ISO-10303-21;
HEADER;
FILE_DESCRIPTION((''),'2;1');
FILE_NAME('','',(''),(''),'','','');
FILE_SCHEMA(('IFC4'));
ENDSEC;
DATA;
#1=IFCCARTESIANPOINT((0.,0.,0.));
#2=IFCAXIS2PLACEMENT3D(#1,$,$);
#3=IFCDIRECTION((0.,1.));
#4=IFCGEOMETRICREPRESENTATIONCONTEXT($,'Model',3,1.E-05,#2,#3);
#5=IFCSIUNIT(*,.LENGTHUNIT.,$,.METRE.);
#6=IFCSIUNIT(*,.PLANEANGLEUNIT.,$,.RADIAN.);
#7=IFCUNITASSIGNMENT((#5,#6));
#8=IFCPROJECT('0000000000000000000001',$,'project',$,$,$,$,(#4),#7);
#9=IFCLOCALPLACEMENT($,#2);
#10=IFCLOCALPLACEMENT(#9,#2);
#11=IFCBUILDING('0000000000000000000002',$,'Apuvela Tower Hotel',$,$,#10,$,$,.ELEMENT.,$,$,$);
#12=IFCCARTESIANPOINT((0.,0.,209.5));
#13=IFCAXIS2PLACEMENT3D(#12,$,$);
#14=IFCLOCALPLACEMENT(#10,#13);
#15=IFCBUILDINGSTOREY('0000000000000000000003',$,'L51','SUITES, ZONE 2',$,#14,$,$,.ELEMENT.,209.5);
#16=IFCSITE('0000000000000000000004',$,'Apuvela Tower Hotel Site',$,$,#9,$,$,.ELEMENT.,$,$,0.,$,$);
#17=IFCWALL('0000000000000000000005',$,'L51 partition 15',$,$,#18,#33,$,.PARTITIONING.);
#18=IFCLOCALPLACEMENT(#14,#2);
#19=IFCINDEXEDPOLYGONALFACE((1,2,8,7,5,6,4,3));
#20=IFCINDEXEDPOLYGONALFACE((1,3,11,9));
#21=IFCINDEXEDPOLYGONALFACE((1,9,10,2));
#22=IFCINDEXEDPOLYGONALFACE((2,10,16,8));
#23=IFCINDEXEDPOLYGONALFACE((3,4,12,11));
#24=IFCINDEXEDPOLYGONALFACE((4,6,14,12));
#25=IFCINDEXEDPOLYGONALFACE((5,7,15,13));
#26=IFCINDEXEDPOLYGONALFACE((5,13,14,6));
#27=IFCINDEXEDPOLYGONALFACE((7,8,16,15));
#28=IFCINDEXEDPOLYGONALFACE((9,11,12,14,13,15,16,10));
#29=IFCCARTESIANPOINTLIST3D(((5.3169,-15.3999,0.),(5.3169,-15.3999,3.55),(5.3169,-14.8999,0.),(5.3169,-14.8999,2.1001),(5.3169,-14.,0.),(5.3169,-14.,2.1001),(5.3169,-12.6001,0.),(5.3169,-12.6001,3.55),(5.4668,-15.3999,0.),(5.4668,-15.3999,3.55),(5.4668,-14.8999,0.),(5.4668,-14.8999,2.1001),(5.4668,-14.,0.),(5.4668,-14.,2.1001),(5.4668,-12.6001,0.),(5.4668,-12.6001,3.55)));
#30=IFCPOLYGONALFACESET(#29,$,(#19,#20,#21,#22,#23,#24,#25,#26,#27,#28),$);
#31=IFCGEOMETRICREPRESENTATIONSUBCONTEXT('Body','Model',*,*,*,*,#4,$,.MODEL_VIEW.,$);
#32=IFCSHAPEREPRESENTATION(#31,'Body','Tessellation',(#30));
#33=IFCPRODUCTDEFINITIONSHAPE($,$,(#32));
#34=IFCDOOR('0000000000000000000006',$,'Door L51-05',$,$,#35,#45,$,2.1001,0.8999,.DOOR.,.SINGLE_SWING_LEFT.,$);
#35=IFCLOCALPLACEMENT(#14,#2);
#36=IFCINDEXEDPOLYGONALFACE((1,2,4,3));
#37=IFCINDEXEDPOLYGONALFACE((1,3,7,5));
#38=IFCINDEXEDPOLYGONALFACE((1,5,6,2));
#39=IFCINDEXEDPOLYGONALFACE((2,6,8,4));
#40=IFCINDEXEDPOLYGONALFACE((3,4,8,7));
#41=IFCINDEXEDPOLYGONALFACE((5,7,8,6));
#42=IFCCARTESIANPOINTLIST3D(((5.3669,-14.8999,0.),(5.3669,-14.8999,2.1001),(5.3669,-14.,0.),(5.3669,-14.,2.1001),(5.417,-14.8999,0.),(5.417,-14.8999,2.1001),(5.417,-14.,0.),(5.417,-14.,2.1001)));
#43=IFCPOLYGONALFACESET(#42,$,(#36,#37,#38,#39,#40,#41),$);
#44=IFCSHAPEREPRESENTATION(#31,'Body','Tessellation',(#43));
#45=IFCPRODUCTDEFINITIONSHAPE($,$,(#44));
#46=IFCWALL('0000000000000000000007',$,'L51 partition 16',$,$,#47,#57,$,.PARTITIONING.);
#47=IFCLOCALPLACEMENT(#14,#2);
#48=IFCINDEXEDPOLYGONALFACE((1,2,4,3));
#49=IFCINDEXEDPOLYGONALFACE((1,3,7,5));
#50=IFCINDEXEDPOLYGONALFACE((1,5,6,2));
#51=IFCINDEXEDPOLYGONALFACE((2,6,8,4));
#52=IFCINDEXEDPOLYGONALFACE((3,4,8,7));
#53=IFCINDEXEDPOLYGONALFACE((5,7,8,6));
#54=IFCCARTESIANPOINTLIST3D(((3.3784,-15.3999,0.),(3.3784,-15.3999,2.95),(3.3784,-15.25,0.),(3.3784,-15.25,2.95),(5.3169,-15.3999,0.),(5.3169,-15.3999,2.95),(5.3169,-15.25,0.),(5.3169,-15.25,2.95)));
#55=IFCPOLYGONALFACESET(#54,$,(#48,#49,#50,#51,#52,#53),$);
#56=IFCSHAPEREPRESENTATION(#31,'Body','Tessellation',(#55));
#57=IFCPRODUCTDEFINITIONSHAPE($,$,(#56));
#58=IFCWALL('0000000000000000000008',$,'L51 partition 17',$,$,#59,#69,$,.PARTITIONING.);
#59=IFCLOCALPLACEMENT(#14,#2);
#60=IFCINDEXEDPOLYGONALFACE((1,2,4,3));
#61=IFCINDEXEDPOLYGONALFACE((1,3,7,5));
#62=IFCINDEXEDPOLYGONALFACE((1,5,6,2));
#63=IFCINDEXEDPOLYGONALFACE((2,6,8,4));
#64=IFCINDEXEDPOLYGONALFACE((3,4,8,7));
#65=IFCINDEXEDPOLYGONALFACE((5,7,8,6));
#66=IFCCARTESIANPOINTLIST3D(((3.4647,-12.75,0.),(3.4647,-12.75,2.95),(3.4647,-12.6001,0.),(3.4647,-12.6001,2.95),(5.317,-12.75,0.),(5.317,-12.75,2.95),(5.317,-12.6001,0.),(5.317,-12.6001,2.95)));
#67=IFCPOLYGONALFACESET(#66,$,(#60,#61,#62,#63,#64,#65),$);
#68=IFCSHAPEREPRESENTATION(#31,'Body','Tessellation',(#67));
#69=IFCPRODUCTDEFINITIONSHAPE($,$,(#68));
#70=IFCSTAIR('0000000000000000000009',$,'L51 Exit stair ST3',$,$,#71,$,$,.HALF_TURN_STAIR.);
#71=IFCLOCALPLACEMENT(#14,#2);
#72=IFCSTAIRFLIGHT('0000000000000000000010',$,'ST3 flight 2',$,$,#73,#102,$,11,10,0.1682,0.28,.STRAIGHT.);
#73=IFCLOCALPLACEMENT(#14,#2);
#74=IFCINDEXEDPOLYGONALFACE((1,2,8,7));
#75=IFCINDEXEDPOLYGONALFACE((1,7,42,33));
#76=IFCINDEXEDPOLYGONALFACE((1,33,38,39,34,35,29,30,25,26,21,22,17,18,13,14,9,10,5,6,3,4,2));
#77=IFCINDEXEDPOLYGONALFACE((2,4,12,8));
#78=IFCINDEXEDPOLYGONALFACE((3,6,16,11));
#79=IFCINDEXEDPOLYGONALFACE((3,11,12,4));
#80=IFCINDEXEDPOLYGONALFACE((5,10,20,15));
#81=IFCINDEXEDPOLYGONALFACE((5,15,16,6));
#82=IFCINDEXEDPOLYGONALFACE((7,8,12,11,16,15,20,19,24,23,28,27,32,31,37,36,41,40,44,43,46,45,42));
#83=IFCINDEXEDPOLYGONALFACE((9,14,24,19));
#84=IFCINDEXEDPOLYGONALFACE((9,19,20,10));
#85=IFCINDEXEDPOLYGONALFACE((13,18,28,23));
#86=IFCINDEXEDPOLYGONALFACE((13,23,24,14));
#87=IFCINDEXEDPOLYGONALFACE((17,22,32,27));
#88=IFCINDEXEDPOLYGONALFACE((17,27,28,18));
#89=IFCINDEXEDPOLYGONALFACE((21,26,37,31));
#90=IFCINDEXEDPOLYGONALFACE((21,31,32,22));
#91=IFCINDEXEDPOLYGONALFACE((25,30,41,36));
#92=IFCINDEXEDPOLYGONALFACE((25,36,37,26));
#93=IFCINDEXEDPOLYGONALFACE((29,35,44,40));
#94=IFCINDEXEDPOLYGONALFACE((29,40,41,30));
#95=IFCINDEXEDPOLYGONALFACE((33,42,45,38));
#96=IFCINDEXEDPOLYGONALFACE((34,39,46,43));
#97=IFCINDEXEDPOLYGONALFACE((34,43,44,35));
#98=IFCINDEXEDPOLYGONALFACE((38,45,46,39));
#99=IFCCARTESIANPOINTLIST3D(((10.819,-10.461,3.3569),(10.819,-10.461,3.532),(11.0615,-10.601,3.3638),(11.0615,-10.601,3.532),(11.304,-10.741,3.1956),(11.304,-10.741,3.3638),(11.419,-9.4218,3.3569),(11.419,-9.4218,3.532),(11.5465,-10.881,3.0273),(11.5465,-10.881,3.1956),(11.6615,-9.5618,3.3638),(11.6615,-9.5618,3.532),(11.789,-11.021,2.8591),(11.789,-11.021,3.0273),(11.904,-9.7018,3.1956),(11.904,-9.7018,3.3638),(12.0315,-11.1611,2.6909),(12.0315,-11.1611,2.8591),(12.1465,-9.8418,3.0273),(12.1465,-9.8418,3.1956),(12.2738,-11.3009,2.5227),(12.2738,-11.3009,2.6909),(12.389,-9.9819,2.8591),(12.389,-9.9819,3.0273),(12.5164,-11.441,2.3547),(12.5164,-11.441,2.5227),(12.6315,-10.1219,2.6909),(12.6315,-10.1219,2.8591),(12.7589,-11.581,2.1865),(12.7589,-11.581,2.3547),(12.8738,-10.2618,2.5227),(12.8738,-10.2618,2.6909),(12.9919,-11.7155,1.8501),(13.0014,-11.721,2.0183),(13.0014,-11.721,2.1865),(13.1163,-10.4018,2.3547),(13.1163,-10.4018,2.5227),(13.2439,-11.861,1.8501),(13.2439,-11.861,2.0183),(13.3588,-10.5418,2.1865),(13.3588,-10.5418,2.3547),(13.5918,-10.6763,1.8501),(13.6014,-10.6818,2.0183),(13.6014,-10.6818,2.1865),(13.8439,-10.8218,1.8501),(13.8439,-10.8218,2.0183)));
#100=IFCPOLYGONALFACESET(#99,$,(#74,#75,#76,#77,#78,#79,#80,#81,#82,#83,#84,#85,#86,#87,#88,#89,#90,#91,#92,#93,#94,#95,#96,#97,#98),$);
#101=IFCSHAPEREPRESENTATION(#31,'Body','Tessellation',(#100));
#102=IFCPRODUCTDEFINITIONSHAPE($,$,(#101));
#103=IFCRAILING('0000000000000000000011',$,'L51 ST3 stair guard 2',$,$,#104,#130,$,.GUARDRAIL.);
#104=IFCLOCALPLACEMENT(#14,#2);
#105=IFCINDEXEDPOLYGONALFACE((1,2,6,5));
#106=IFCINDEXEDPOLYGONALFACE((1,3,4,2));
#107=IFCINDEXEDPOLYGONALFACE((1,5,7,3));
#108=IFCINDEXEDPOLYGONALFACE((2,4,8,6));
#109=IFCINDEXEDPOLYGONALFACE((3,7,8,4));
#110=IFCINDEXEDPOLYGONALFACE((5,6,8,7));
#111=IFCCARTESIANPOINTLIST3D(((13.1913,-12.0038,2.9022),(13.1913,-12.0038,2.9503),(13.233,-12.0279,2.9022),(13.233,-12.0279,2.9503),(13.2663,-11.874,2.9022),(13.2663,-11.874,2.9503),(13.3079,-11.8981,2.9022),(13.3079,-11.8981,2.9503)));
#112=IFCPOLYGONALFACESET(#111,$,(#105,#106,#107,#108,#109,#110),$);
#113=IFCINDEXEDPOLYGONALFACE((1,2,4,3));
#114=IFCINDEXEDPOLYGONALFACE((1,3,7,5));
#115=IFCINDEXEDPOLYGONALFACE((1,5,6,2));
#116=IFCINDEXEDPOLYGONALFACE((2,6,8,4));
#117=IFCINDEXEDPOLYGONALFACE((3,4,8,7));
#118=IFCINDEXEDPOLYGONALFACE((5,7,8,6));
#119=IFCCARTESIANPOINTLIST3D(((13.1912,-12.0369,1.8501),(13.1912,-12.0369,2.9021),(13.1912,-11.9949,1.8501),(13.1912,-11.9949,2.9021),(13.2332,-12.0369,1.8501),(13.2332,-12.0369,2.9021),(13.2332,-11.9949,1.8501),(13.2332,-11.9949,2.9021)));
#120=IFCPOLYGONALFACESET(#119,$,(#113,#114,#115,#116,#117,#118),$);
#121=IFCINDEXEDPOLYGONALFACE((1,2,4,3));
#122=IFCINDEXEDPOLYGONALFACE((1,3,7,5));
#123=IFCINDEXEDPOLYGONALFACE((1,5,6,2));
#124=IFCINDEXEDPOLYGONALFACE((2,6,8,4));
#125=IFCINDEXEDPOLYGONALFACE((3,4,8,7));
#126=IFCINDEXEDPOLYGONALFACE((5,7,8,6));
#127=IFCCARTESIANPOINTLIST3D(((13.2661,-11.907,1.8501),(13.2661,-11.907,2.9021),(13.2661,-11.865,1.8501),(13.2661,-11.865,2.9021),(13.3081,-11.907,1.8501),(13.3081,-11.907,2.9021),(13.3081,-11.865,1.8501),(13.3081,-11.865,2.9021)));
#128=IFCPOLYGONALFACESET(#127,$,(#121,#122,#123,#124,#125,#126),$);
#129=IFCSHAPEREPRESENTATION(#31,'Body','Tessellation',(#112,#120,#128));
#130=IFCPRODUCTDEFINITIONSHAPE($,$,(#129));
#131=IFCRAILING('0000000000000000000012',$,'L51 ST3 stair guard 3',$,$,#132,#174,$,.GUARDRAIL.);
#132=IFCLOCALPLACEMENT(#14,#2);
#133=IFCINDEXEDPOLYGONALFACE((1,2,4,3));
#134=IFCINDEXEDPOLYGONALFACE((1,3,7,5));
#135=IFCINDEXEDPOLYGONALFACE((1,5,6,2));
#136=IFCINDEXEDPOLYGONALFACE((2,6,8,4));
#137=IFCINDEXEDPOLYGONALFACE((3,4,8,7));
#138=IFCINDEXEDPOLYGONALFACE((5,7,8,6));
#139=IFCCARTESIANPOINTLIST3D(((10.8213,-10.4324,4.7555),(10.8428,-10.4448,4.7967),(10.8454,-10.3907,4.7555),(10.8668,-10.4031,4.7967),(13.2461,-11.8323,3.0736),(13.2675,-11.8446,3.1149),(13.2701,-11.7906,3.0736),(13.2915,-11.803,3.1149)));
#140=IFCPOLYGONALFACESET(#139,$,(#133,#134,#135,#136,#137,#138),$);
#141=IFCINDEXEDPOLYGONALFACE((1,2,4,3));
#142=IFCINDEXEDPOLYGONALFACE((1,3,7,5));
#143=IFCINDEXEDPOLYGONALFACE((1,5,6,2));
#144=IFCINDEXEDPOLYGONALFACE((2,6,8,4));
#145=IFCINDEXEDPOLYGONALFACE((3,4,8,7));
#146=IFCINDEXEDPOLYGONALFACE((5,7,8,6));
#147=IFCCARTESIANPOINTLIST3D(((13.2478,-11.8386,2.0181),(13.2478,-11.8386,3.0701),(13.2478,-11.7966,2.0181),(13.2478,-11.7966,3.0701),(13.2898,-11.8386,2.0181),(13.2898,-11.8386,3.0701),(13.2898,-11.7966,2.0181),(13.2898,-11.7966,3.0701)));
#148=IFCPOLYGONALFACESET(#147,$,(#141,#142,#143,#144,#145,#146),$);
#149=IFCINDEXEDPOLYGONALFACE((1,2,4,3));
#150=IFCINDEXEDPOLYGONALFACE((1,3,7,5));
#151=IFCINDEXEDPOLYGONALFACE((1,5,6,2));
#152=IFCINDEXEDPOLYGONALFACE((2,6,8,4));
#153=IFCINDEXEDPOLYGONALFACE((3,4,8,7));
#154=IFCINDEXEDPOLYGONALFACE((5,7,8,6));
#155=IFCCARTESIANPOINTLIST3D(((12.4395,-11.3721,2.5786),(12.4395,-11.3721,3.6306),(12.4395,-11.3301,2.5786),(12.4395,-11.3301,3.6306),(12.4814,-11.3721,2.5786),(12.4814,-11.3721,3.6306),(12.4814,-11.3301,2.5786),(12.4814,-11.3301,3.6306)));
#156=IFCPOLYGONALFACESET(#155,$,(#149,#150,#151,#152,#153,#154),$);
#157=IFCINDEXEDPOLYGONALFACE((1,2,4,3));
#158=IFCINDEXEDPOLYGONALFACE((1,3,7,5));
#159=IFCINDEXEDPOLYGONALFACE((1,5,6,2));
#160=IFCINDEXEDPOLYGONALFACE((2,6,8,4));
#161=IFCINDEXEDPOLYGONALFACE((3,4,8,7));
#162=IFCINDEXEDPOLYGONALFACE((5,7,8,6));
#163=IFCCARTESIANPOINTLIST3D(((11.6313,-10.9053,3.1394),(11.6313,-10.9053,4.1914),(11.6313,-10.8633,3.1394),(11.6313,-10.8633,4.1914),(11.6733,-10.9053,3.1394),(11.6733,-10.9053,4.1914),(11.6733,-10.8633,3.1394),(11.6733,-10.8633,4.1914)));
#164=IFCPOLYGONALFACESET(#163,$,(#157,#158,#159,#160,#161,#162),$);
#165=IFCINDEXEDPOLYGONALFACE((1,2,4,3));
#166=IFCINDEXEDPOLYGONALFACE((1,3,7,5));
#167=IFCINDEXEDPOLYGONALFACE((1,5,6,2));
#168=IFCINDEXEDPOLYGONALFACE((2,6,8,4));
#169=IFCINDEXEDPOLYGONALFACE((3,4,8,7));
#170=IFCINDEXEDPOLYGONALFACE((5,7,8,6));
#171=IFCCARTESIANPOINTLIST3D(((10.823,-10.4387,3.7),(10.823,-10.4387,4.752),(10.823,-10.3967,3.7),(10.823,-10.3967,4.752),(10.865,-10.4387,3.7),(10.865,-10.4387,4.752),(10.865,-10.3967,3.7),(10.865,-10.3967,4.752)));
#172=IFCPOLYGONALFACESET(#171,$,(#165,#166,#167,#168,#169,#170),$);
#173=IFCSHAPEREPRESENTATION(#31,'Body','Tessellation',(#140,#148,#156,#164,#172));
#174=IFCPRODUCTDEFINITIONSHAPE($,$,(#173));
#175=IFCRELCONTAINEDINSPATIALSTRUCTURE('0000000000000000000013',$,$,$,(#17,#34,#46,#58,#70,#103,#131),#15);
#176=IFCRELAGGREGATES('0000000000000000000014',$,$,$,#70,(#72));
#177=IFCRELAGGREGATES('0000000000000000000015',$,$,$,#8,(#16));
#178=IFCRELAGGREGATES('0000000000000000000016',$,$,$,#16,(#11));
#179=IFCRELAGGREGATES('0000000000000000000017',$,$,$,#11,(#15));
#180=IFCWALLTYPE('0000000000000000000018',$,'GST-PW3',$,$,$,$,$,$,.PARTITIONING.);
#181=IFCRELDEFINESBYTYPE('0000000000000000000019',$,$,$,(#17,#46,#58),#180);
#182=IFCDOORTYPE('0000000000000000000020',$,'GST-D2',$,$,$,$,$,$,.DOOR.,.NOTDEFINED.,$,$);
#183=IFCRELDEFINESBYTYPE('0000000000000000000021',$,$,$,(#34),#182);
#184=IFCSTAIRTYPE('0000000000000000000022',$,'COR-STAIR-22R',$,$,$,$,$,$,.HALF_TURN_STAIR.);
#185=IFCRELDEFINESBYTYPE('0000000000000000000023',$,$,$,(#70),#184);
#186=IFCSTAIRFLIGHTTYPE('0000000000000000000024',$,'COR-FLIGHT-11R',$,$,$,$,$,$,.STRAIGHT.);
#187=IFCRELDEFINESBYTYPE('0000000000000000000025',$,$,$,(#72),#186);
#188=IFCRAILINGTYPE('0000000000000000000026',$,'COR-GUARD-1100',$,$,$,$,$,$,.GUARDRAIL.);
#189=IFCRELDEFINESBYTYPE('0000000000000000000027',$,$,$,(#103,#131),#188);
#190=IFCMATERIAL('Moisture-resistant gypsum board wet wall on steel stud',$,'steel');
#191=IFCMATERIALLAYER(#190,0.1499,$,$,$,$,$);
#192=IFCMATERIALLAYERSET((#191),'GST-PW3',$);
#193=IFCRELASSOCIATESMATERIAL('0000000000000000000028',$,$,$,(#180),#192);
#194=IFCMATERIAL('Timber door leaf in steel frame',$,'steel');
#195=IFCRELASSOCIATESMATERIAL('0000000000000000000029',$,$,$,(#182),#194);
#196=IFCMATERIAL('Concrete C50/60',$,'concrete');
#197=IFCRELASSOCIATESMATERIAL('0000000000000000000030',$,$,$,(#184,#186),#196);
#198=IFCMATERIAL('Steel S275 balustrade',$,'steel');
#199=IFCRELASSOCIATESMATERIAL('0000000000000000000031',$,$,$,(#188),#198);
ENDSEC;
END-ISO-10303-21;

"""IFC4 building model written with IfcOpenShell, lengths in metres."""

from ifc_helpers import new_model, si_unit, direction, frame, frame_2d, origin, origin_2d, place, context, subcontext, project, spatial, polyline, rectangle, outline, extrude, material, layer, layer_set, type_object, element, fill, aggregate, save


model = new_model("IFC4")

# Units and contexts
model_context = context("Model", 3, precision=1e-05, world=origin(), true_north=direction((0.0, 1.0)))
body_context = subcontext(model_context, "Body", "Model", "MODEL_VIEW")
ifc_project = project(units=[si_unit("LENGTHUNIT", "METRE"), si_unit("PLANEANGLEUNIT", "RADIAN")], contexts=[model_context])

# Site, building, storey
site_placement = place(None, origin())
site = spatial("IfcSite", under=ifc_project, at=site_placement, Name="Apuvela Tower Hotel Site", CompositionType="ELEMENT", RefElevation=0.0)
building_placement = place(site_placement, origin())
building = spatial("IfcBuilding", under=site, at=building_placement, Name="Apuvela Tower Hotel", CompositionType="ELEMENT")
storey_placement = place(building_placement, frame((0.0, 0.0, 209.5)))
storey = spatial("IfcBuildingStorey", under=building, at=storey_placement, Name="L51", Description="SUITES, ZONE 2", CompositionType="ELEMENT", Elevation=209.5)

# Shared definitions
ifc_material_1 = material(Name="Moisture-resistant gypsum board wet wall on steel stud", Category="steel")
ifc_layer_1 = layer(ifc_material_1, 0.1499)
ifc_layer_set_1 = layer_set([ifc_layer_1], Name="GST-PW3")
wall_type_1 = type_object("IfcWallType", Name="GST-PW3", PredefinedType="PARTITIONING", material=ifc_layer_set_1)

# Wall, opening, door
wall_1_placement = place(storey_placement, frame((5.3918, -15.3999, 0.0), z_axis=(0.0, 0.0, 1.0), x_axis=(0.0, 1.0, 0.0)))
wall_1 = element("IfcWall", 1, at=wall_1_placement, inside=storey, type_object=wall_type_1, Name="L51 partition 15", PredefinedType="PARTITIONING", context=body_context, shape_type="SweptSolid", body=[
    extrude(rectangle(XDim=2.7998, YDim=0.1499, at=frame_2d((1.3999, 0.0))), origin(), (0.0, 0.0, 1.0), 3.55),
])
opening_1_placement = place(wall_1_placement, frame((0.5, 0.0, 0.0)))
opening_1 = element("IfcOpeningElement", 2, at=opening_1_placement, cuts=wall_1, PredefinedType="OPENING", context=body_context, shape_type="SweptSolid", body=[
    extrude(rectangle(XDim=0.8999, YDim=2.1001, at=frame_2d((0.45, 1.05))), frame((0.0, 0.085, 0.0), z_axis=(0.0, -1.0, 0.0), x_axis=(1.0, 0.0, 0.0)), (0.0, 0.0, 1.0), 0.1699),
])
ifc_material_2 = material(Name="Timber door leaf in steel frame", Category="steel")
door_type_1 = type_object("IfcDoorType", Name="GST-D2", OperationType="NOTDEFINED", PredefinedType="DOOR", material=ifc_material_2)
door_1_placement = place(opening_1_placement, origin())
door_1 = element("IfcDoor", 3, at=door_1_placement, inside=storey, type_object=door_type_1, Name="Door L51-05", OperationType="SINGLE_SWING_LEFT", OverallHeight=2.1001, OverallWidth=0.8999, PredefinedType="DOOR", context=body_context, shape_type="SweptSolid", body=[
    extrude(rectangle(XDim=0.8999, YDim=2.1001, at=frame_2d((0.45, 1.05))), frame((0.0, 0.0249, 0.0), z_axis=(0.0, -1.0, 0.0), x_axis=(1.0, 0.0, 0.0)), (0.0, 0.0, 1.0), 0.05),
])
fill(opening_1, door_1)

# Walls
wall_2_placement = place(storey_placement, frame((3.3784, -15.325, 0.0), z_axis=(0.0, 0.0, 1.0), x_axis=(1.0, 0.0, 0.0)))
element("IfcWall", 4, at=wall_2_placement, inside=storey, type_object=wall_type_1, Name="L51 partition 16", PredefinedType="PARTITIONING", context=body_context, shape_type="SweptSolid", body=[
    extrude(rectangle(XDim=1.9385, YDim=0.1499, at=frame_2d((0.9692, 0.0))), origin(), (0.0, 0.0, 1.0), 2.95),
])
wall_3_placement = place(storey_placement, frame((3.4646, -12.675, 0.0), z_axis=(0.0, 0.0, 1.0), x_axis=(1.0, 0.0, 0.0)))
element("IfcWall", 5, at=wall_3_placement, inside=storey, type_object=wall_type_1, Name="L51 partition 17", PredefinedType="PARTITIONING", context=body_context, shape_type="SweptSolid", body=[
    extrude(rectangle(XDim=1.8523, YDim=0.1499, at=frame_2d((0.9263, 0.0))), origin(), (0.0, 0.0, 1.0), 2.95),
])

# Stair, stair flight
ifc_material_3 = material(Name="Concrete C50/60", Category="concrete")
stair_type = type_object("IfcStairType", Name="COR-STAIR-22R", PredefinedType="HALF_TURN_STAIR", material=ifc_material_3)
stair_placement = place(storey_placement, origin())
stair = element("IfcStair", 6, at=stair_placement, inside=storey, type_object=stair_type, Name="L51 Exit stair ST3", PredefinedType="HALF_TURN_STAIR")
stair_flight_type = type_object("IfcStairFlightType", Name="COR-FLIGHT-11R", PredefinedType="STRAIGHT", material=ifc_material_3)
stair_flight_placement = place(storey_placement, frame((13.5439, -11.3413, 1.8501), z_axis=(0.0, 0.0, 1.0), x_axis=(-0.866025, 0.5, 0.0)))
stair_flight = element("IfcStairFlight", 7, at=stair_flight_placement, type_object=stair_flight_type, Name="ST3 flight 2", NumberOfRisers=11, NumberOfTreads=10, PredefinedType="STRAIGHT", RiserHeight=0.1682, TreadLength=0.28, context=body_context, shape_type="SweptSolid", body=[
    extrude(outline(polyline([(0.0, 0.0), (0.0, 0.1682), (0.28, 0.1682), (0.28, 0.3364), (0.5601, 0.3364), (0.5601, 0.5046), (0.8401, 0.5046), (0.8401, 0.6726), (1.1201, 0.6726), (1.1201, 0.8408), (1.3999, 0.8408), (1.3999, 1.009), (1.6799, 1.009), (1.6799, 1.1772), (1.96, 1.1772), (1.96, 1.3455), (2.24, 1.3455), (2.24, 1.5137), (2.52, 1.5137), (2.52, 1.6819), (2.8, 1.6819), (2.8, 1.8501), (2.8, 1.5068), (0.291, 0.0), (0.0, 0.0)])), frame((0.0, 0.6001, 0.0), z_axis=(0.0, -1.0, 0.0), x_axis=(1.0, 0.0, 0.0)), (0.0, 0.0, 1.0), 1.2),
])
aggregate(stair, [stair_flight])

# Railings
ifc_material_4 = material(Name="Steel S275 balustrade", Category="steel")
railing_type_1 = type_object("IfcRailingType", Name="COR-GUARD-1100", PredefinedType="GUARDRAIL", material=ifc_material_4)
railing_1_placement = place(storey_placement, frame((13.2122, -12.0159, 1.8501)))
element("IfcRailing", 8, at=railing_1_placement, inside=storey, type_object=railing_type_1, Name="L51 ST3 stair guard 2", PredefinedType="GUARDRAIL", context=body_context, shape_type="SweptSolid", body=[
    extrude(rectangle(XDim=0.0481, YDim=0.0481, at=origin_2d()), frame((0.0, 0.0, 1.0762), z_axis=(0.499816, 0.866131, 0.0), x_axis=(-0.866131, 0.499816, 0.0)), (0.0, 0.0, 1.0), 0.1499),
    extrude(rectangle(XDim=0.042, YDim=0.042, at=origin_2d()), origin(), (0.0, 0.0, 1.0), 1.052),
    extrude(rectangle(XDim=0.042, YDim=0.042, at=origin_2d()), frame((0.075, 0.1299, 0.0)), (0.0, 0.0, 1.0), 1.052),
])
railing_2_placement = place(storey_placement, frame((13.2688, -11.8176, 2.0181)))
element("IfcRailing", 9, at=railing_2_placement, inside=storey, type_object=railing_type_1, Name="L51 ST3 stair guard 3", PredefinedType="GUARDRAIL", context=body_context, shape_type="SweptSolid", body=[
    extrude(rectangle(XDim=0.0481, YDim=0.0481, at=origin_2d()), frame((0.0, 0.0, 1.0762), z_axis=(-0.74239, 0.428601, 0.514934), x_axis=(-0.499984, -0.866035, 0.0)), (0.0, 0.0, 1.0), 3.2661),
    extrude(rectangle(XDim=0.042, YDim=0.042, at=origin_2d()), origin(), (0.0, 0.0, 1.0), 1.052),
    extrude(rectangle(XDim=0.042, YDim=0.042, at=origin_2d()), frame((-0.8083, 0.4666, 0.5605)), (0.0, 0.0, 1.0), 1.052),
    extrude(rectangle(XDim=0.042, YDim=0.042, at=origin_2d()), frame((-1.6165, 0.9333, 1.1213)), (0.0, 0.0, 1.0), 1.052),
    extrude(rectangle(XDim=0.042, YDim=0.042, at=origin_2d()), frame((-2.4248, 1.3999, 1.6819)), (0.0, 0.0, 1.0), 1.052),
])

save(model, "model.ifc")
